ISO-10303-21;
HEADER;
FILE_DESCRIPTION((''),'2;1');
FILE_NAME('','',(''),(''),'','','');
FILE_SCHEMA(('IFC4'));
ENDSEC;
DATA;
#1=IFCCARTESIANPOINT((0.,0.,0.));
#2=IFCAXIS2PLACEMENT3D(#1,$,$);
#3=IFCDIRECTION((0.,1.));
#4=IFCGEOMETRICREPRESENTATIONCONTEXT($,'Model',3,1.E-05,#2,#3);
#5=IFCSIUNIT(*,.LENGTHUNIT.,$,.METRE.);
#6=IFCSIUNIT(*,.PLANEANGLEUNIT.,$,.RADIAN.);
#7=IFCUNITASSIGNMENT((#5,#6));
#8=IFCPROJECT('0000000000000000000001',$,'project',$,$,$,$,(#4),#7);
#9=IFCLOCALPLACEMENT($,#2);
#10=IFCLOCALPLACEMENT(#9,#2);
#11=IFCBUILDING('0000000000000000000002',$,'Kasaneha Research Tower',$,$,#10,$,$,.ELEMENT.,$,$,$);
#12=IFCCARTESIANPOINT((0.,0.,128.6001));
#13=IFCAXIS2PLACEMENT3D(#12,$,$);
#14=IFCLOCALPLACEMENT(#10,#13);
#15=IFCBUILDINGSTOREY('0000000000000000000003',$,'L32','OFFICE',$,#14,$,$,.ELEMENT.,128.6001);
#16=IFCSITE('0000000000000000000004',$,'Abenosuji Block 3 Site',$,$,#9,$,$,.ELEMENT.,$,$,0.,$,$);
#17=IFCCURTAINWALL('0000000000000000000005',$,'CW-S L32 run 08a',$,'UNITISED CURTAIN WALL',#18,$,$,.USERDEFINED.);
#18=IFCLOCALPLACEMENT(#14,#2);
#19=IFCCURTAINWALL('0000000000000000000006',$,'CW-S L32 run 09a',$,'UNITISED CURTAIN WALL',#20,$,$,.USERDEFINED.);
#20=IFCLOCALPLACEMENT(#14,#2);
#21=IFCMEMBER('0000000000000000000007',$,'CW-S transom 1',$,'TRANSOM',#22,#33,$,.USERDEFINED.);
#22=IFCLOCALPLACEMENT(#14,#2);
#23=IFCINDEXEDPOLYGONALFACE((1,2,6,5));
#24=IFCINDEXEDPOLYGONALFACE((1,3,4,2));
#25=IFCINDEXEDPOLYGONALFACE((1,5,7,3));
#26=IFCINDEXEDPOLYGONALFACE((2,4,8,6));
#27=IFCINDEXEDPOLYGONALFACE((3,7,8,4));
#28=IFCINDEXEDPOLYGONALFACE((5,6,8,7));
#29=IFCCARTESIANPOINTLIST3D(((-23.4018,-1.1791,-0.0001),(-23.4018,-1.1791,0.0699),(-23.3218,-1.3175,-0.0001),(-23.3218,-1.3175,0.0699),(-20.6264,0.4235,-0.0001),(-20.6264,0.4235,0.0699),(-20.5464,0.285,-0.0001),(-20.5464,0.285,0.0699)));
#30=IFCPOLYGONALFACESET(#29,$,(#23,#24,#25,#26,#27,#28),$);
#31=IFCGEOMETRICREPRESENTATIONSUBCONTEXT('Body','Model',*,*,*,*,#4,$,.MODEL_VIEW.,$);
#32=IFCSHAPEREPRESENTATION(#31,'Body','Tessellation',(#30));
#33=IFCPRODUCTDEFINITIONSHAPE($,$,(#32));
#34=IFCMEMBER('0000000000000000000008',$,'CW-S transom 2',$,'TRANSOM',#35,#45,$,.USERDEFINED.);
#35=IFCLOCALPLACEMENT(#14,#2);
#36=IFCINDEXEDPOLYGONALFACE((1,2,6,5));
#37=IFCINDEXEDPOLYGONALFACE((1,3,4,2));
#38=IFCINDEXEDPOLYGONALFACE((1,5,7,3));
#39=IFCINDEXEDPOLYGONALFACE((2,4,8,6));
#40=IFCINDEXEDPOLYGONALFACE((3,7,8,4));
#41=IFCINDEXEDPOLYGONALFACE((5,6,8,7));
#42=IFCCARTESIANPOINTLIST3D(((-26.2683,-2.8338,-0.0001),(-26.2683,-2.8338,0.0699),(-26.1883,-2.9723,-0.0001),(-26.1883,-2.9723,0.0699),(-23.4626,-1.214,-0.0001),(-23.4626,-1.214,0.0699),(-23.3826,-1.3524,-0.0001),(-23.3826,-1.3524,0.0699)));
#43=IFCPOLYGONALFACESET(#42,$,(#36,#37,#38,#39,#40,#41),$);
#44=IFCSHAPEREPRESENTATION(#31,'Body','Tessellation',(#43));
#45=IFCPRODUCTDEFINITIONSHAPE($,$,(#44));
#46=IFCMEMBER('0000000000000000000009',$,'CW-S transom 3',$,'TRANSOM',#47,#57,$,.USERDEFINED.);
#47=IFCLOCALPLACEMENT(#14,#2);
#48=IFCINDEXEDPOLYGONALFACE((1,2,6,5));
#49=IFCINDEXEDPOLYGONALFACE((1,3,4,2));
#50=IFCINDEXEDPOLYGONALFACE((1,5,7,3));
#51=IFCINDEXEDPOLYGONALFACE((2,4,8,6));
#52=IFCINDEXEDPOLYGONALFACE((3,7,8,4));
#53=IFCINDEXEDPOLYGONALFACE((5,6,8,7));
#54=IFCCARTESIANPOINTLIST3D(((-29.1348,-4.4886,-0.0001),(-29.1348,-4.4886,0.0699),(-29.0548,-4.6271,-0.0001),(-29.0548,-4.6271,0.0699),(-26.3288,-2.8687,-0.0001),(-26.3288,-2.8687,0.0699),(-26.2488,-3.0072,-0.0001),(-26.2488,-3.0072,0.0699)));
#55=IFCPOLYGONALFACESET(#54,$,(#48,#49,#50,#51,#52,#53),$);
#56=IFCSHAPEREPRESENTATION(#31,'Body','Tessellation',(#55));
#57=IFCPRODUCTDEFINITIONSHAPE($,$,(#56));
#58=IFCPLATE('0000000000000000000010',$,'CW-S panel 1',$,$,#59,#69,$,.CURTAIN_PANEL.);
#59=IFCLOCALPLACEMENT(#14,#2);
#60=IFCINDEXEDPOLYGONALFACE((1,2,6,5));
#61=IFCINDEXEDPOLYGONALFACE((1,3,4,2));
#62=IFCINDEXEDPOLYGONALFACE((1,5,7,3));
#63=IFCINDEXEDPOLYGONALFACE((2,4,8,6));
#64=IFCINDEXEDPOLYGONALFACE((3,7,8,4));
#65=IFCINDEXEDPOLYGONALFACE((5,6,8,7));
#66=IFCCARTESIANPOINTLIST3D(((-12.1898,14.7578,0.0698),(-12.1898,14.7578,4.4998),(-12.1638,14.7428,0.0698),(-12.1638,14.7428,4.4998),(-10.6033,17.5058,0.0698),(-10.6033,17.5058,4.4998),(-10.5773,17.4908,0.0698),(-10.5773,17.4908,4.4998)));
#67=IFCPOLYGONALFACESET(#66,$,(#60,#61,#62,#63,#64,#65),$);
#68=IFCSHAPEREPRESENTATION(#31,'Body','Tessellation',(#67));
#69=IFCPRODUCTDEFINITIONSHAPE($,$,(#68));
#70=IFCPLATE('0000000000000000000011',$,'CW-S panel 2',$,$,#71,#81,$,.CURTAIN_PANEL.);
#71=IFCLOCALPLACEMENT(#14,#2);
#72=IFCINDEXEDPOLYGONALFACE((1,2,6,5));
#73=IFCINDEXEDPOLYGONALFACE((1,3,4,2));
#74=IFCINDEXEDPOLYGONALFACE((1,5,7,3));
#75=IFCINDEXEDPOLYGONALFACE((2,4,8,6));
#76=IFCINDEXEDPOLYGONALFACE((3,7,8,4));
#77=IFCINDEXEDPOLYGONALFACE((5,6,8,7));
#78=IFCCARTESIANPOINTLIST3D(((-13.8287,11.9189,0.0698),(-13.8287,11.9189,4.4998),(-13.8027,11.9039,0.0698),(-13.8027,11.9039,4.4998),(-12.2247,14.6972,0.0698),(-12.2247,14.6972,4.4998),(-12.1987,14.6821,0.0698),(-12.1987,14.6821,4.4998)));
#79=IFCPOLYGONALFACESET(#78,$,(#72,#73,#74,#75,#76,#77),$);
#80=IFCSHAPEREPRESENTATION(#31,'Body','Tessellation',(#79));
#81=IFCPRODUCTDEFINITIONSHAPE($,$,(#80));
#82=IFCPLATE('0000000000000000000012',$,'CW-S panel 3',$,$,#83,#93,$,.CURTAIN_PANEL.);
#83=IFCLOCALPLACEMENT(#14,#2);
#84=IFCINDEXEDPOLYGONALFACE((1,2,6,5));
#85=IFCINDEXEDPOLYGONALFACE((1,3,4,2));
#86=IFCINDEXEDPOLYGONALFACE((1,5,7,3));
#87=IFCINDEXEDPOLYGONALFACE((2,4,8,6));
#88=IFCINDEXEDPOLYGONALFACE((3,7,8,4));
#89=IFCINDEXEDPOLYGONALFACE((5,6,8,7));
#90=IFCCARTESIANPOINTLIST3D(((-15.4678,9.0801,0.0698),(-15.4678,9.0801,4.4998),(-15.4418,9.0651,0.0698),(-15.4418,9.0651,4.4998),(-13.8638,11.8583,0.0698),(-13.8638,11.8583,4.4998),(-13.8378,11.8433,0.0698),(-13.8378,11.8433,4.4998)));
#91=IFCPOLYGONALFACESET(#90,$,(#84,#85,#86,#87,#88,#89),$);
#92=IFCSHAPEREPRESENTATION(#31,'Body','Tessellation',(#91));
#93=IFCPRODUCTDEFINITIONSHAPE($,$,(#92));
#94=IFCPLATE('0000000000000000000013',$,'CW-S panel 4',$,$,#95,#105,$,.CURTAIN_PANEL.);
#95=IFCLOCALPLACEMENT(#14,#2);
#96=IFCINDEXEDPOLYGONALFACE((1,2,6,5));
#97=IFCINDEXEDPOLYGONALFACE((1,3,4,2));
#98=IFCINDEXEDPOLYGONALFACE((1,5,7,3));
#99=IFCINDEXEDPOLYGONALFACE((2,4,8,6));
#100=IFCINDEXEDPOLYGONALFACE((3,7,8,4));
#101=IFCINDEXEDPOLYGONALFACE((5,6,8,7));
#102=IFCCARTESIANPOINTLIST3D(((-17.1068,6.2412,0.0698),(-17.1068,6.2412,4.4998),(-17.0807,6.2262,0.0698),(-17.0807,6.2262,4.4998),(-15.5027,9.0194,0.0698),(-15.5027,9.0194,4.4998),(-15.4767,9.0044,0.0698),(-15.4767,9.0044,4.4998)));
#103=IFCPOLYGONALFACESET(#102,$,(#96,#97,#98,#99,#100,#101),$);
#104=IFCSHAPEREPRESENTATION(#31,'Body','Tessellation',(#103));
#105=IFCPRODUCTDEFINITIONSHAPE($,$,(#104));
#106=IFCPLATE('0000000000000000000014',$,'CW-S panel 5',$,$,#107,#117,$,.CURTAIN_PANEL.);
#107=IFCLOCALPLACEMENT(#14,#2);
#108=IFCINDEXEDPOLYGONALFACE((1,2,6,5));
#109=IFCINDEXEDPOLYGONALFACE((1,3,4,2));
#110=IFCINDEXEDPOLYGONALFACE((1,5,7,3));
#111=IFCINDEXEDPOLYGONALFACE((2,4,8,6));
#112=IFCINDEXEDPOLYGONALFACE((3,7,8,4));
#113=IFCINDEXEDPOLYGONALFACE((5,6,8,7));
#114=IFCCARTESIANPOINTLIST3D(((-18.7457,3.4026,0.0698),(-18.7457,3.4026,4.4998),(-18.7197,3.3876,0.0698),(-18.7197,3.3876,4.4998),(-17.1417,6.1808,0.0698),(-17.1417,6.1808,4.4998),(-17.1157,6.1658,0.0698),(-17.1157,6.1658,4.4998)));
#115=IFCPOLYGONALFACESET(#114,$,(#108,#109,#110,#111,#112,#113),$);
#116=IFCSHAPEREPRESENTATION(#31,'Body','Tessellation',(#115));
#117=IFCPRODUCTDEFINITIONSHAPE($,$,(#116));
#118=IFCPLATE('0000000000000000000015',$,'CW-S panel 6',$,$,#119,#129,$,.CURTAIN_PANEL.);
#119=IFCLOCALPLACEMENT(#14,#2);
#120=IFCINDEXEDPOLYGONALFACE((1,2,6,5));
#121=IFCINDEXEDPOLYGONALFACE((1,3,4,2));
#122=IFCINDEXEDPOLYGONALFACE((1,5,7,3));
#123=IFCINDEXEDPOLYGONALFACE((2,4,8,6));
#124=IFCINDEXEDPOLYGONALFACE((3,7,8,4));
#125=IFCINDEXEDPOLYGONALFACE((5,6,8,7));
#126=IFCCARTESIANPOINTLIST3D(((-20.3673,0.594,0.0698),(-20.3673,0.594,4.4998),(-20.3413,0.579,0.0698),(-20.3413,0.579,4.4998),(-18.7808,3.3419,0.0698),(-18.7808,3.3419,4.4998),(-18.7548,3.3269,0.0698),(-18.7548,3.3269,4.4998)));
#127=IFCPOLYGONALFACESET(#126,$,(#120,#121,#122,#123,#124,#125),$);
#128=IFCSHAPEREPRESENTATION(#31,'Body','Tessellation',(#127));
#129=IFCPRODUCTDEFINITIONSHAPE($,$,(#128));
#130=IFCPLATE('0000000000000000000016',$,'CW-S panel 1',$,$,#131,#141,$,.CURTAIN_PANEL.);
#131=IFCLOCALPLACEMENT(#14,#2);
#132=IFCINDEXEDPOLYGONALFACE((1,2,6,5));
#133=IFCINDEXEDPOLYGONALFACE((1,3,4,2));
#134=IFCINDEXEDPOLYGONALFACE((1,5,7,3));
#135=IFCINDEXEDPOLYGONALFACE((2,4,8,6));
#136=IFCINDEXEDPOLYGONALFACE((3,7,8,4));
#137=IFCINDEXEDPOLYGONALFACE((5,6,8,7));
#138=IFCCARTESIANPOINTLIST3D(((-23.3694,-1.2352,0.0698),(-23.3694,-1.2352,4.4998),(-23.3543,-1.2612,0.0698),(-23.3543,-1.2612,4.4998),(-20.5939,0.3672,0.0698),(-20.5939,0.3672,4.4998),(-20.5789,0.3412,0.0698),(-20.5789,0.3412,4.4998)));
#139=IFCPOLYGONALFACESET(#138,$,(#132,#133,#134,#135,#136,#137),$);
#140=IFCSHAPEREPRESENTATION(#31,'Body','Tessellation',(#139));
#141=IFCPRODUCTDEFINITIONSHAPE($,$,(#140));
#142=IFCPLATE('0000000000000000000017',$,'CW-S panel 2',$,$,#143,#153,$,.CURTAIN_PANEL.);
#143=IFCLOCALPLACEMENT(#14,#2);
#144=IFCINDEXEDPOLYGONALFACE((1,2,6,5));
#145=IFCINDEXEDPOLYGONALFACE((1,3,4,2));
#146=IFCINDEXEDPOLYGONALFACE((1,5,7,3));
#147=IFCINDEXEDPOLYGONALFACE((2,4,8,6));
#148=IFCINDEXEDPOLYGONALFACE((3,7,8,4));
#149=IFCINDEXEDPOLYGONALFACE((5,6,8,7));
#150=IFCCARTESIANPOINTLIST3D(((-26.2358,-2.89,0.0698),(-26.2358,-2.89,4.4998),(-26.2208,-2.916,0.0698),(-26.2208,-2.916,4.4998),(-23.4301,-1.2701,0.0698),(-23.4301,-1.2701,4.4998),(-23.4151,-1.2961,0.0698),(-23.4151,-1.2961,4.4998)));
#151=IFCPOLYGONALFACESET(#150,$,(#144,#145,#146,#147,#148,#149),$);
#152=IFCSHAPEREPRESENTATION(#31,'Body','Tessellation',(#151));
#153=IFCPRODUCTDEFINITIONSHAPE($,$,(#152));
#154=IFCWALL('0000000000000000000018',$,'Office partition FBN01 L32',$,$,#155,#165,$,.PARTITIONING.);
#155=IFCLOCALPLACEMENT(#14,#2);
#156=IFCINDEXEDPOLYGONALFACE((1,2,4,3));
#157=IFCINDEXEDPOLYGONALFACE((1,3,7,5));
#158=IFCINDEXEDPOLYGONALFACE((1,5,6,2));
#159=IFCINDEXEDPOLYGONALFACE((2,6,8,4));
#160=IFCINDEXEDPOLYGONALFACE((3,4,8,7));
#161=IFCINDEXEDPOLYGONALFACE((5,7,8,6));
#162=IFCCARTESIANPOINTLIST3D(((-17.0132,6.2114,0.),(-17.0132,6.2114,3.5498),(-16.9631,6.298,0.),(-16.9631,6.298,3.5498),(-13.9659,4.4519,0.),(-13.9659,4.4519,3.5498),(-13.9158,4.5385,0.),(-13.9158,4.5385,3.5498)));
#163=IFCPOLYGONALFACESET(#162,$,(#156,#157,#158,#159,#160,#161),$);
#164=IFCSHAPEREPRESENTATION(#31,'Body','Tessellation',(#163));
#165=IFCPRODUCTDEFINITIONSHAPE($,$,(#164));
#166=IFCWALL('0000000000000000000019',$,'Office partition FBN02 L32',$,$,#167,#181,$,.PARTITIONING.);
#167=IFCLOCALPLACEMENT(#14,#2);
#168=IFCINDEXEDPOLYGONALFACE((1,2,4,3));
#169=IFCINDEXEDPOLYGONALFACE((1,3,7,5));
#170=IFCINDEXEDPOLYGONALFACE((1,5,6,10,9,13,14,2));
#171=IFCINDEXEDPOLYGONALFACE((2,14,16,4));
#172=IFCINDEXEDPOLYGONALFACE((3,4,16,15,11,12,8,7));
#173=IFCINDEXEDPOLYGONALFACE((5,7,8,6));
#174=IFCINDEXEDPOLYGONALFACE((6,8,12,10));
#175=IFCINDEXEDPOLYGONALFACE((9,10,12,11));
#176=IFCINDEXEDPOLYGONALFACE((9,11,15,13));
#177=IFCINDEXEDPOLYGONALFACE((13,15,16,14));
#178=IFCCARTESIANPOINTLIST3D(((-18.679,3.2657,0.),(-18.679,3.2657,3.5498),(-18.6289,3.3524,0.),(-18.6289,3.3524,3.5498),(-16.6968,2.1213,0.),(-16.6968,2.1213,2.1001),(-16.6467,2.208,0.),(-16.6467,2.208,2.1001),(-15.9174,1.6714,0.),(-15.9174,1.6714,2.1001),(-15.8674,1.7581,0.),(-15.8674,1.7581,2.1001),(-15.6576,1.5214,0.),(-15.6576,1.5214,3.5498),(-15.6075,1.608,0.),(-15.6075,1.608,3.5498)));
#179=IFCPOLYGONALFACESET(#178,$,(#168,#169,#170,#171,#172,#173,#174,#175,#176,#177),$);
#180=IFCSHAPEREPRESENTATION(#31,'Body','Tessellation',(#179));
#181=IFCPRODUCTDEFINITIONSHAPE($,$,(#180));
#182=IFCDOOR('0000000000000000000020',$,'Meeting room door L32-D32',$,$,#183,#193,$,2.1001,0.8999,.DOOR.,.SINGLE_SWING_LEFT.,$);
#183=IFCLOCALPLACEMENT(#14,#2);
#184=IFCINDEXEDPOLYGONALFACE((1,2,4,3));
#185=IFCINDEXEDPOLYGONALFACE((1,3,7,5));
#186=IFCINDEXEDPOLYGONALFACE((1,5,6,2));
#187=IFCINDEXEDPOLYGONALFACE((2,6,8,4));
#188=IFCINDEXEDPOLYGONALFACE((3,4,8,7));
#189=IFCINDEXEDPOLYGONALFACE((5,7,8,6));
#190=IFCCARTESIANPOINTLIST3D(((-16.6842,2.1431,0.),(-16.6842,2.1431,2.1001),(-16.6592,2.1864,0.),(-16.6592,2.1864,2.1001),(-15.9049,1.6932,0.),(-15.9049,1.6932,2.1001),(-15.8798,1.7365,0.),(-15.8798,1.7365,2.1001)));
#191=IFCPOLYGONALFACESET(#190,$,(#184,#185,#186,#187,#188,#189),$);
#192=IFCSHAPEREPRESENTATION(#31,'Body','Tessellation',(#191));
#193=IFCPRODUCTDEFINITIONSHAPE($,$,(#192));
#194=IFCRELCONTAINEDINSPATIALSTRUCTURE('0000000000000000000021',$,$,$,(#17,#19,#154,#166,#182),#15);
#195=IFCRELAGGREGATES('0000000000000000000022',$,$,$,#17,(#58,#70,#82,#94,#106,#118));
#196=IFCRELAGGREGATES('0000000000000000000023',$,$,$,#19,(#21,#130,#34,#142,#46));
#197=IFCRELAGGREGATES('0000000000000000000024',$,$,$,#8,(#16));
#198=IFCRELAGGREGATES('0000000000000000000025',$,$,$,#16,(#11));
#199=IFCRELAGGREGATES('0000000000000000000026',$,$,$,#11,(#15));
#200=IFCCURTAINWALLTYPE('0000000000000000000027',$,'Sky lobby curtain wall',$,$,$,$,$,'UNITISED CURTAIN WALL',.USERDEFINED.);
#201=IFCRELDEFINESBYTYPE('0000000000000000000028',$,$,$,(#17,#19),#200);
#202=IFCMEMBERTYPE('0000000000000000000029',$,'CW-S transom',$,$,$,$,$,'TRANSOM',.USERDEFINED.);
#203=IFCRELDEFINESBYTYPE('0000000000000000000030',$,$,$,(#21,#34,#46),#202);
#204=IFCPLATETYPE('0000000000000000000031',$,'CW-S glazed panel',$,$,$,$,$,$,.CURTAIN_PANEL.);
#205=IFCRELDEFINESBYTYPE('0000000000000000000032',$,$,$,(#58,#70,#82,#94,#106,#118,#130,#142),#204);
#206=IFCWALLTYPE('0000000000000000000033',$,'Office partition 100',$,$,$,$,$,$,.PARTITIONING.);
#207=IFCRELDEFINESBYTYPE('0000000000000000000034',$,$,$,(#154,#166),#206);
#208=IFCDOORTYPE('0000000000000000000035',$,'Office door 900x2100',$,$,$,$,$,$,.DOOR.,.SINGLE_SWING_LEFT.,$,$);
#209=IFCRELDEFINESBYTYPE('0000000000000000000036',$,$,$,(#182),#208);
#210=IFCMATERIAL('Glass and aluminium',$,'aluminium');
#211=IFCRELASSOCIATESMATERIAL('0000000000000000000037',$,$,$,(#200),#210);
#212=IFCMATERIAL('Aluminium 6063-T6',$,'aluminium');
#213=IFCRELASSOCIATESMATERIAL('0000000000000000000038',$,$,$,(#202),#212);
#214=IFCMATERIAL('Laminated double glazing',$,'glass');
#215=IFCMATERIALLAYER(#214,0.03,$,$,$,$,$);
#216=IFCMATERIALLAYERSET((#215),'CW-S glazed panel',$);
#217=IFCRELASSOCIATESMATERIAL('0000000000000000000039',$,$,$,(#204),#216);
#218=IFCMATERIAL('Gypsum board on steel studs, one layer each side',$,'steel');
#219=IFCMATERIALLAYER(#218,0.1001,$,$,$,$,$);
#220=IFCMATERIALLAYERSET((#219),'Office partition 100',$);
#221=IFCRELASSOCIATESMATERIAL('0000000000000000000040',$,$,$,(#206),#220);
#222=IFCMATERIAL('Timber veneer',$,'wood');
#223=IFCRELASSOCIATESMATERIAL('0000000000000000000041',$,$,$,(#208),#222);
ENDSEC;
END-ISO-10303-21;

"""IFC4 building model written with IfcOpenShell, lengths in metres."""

from ifc_helpers import new_model, si_unit, direction, frame, frame_2d, origin, origin_2d, place, context, subcontext, project, spatial, rectangle, extrude, material, layer, layer_set, material_profile, profile_set, type_object, element, fill, aggregate, save


model = new_model("IFC4")

# Units and contexts
model_context = context("Model", 3, precision=1e-05, world=origin(), true_north=direction((0.0, 1.0)))
body_context = subcontext(model_context, "Body", "Model", "MODEL_VIEW")
ifc_project = project(units=[si_unit("LENGTHUNIT", "METRE"), si_unit("PLANEANGLEUNIT", "RADIAN")], contexts=[model_context])

# Site, building, storey
site_placement = place(None, origin())
site = spatial("IfcSite", under=ifc_project, at=site_placement, Name="Abenosuji Block 3 Site", CompositionType="ELEMENT", RefElevation=0.0)
building_placement = place(site_placement, origin())
building = spatial("IfcBuilding", under=site, at=building_placement, Name="Kasaneha Research Tower", CompositionType="ELEMENT")
storey_placement = place(building_placement, frame((0.0, 0.0, 128.6001)))
storey = spatial("IfcBuildingStorey", under=building, at=storey_placement, Name="L32", Description="OFFICE", CompositionType="ELEMENT", Elevation=128.6001)

# Curtain walls
ifc_material_1 = material(Name="Glass and aluminium", Category="aluminium")
curtain_wall_type = type_object("IfcCurtainWallType", Name="Sky lobby curtain wall", ElementType="UNITISED CURTAIN WALL", PredefinedType="USERDEFINED", material=ifc_material_1)
curtain_wall_1_placement = place(storey_placement, origin())
curtain_wall_1 = element("IfcCurtainWall", 1, at=curtain_wall_1_placement, inside=storey, type_object=curtain_wall_type, Name="CW-S L32 run 08a", ObjectType="UNITISED CURTAIN WALL", PredefinedType="USERDEFINED")
curtain_wall_2_placement = place(storey_placement, origin())
curtain_wall_2 = element("IfcCurtainWall", 2, at=curtain_wall_2_placement, inside=storey, type_object=curtain_wall_type, Name="CW-S L32 run 09a", ObjectType="UNITISED CURTAIN WALL", PredefinedType="USERDEFINED")

# Members
ifc_material_2 = material(Name="Aluminium 6063-T6", Category="aluminium")
ifc_material_profile_1 = material_profile(ifc_material_2, rectangle(XDim=0.1599, YDim=0.0701, at=origin_2d()), Name="CW-S transom 160x70")
ifc_profile_set_1 = profile_set([ifc_material_profile_1], Name="Aluminium 6063-T6")
member_type_1 = type_object("IfcMemberType", Name="CW-S transom", ElementType="TRANSOM", PredefinedType="USERDEFINED", material=ifc_profile_set_1)
member_1_placement = place(storey_placement, frame((-20.5864, 0.3542, 0.0349), z_axis=(-0.866003, -0.500039, 0.0), x_axis=(0.500039, -0.866003, 0.0)))
member_1 = element("IfcMember", 3, at=member_1_placement, type_object=member_type_1, Name="CW-S transom 1", ObjectType="TRANSOM", PredefinedType="USERDEFINED", context=body_context, shape_type="SweptSolid", body=[
    extrude(rectangle(XDim=0.1599, YDim=0.0701, at=origin_2d()), origin(), (0.0, 0.0, 1.0), 3.2048),
])
member_2_placement = place(storey_placement, frame((-23.4226, -1.2832, 0.0349), z_axis=(-0.866022, -0.500005, 0.0), x_axis=(0.500005, -0.866022, 0.0)))
member_2 = element("IfcMember", 4, at=member_2_placement, type_object=member_type_1, Name="CW-S transom 2", ObjectType="TRANSOM", PredefinedType="USERDEFINED", context=body_context, shape_type="SweptSolid", body=[
    extrude(rectangle(XDim=0.1599, YDim=0.0701, at=origin_2d()), origin(), (0.0, 0.0, 1.0), 3.2397),
])
member_3_placement = place(storey_placement, frame((-26.2888, -2.938, 0.0349), z_axis=(-0.866041, -0.499972, 0.0), x_axis=(0.499972, -0.866041, 0.0)))
member_3 = element("IfcMember", 5, at=member_3_placement, type_object=member_type_1, Name="CW-S transom 3", ObjectType="TRANSOM", PredefinedType="USERDEFINED", context=body_context, shape_type="SweptSolid", body=[
    extrude(rectangle(XDim=0.1599, YDim=0.0701, at=origin_2d()), origin(), (0.0, 0.0, 1.0), 3.24),
])

# Plates
ifc_material_3 = material(Name="Laminated double glazing", Category="glass")
ifc_layer_1 = layer(ifc_material_3, 0.03)
ifc_layer_set_1 = layer_set([ifc_layer_1], Name="CW-S glazed panel")
plate_type = type_object("IfcPlateType", Name="CW-S glazed panel", PredefinedType="CURTAIN_PANEL", material=ifc_layer_set_1)
plate_1_placement = place(storey_placement, frame((-11.3835, 16.1243, 0.0698), z_axis=(0.0, 0.0, 1.0), x_axis=(-0.5, -0.866025, 0.0)))
plate_1 = element("IfcPlate", 6, at=plate_1_placement, type_object=plate_type, Name="CW-S panel 1", PredefinedType="CURTAIN_PANEL", context=body_context, shape_type="SweptSolid", body=[
    extrude(rectangle(XDim=3.1731, YDim=0.03, at=origin_2d()), origin(), (0.0, 0.0, 1.0), 4.4299),
])
plate_2_placement = place(storey_placement, frame((-13.0137, 13.3005, 0.0698), z_axis=(0.0, 0.0, 1.0), x_axis=(-0.5, -0.866025, 0.0)))
plate_2 = element("IfcPlate", 7, at=plate_2_placement, type_object=plate_type, Name="CW-S panel 2", PredefinedType="CURTAIN_PANEL", context=body_context, shape_type="SweptSolid", body=[
    extrude(rectangle(XDim=3.208, YDim=0.03, at=origin_2d()), origin(), (0.0, 0.0, 1.0), 4.4299),
])
plate_3_placement = place(storey_placement, frame((-14.6528, 10.4617, 0.0698), z_axis=(0.0, 0.0, 1.0), x_axis=(-0.5, -0.866025, 0.0)))
plate_3 = element("IfcPlate", 8, at=plate_3_placement, type_object=plate_type, Name="CW-S panel 3", PredefinedType="CURTAIN_PANEL", context=body_context, shape_type="SweptSolid", body=[
    extrude(rectangle(XDim=3.208, YDim=0.03, at=origin_2d()), origin(), (0.0, 0.0, 1.0), 4.4299),
])
plate_4_placement = place(storey_placement, frame((-16.2917, 7.6228, 0.0698), z_axis=(0.0, 0.0, 1.0), x_axis=(-0.5, -0.866025, 0.0)))
plate_4 = element("IfcPlate", 9, at=plate_4_placement, type_object=plate_type, Name="CW-S panel 4", PredefinedType="CURTAIN_PANEL", context=body_context, shape_type="SweptSolid", body=[
    extrude(rectangle(XDim=3.208, YDim=0.03, at=origin_2d()), origin(), (0.0, 0.0, 1.0), 4.4299),
])
plate_5_placement = place(storey_placement, frame((-17.9307, 4.7842, 0.0698), z_axis=(0.0, 0.0, 1.0), x_axis=(-0.5, -0.866025, 0.0)))
plate_5 = element("IfcPlate", 10, at=plate_5_placement, type_object=plate_type, Name="CW-S panel 5", PredefinedType="CURTAIN_PANEL", context=body_context, shape_type="SweptSolid", body=[
    extrude(rectangle(XDim=3.208, YDim=0.03, at=origin_2d()), origin(), (0.0, 0.0, 1.0), 4.4299),
])
plate_6_placement = place(storey_placement, frame((-19.561, 1.9604, 0.0698), z_axis=(0.0, 0.0, 1.0), x_axis=(-0.5, -0.866025, 0.0)))
plate_6 = element("IfcPlate", 11, at=plate_6_placement, type_object=plate_type, Name="CW-S panel 6", PredefinedType="CURTAIN_PANEL", context=body_context, shape_type="SweptSolid", body=[
    extrude(rectangle(XDim=3.1731, YDim=0.03, at=origin_2d()), origin(), (0.0, 0.0, 1.0), 4.4299),
])
aggregate(curtain_wall_1, [plate_1, plate_2, plate_3, plate_4, plate_5, plate_6])
plate_7_placement = place(storey_placement, frame((-21.9741, -0.447, 0.0698), z_axis=(0.0, 0.0, 1.0), x_axis=(-0.866025, -0.5, 0.0)))
plate_7 = element("IfcPlate", 12, at=plate_7_placement, type_object=plate_type, Name="CW-S panel 1", PredefinedType="CURTAIN_PANEL", context=body_context, shape_type="SweptSolid", body=[
    extrude(rectangle(XDim=3.2048, YDim=0.03, at=origin_2d()), origin(), (0.0, 0.0, 1.0), 4.4299),
])
plate_8_placement = place(storey_placement, frame((-24.8254, -2.093, 0.0698), z_axis=(0.0, 0.0, 1.0), x_axis=(-0.866025, -0.5, 0.0)))
plate_8 = element("IfcPlate", 13, at=plate_8_placement, type_object=plate_type, Name="CW-S panel 2", PredefinedType="CURTAIN_PANEL", context=body_context, shape_type="SweptSolid", body=[
    extrude(rectangle(XDim=3.2397, YDim=0.03, at=origin_2d()), origin(), (0.0, 0.0, 1.0), 4.4299),
])
aggregate(curtain_wall_2, [member_1, plate_7, member_2, plate_8, member_3])

# Wall
ifc_material_4 = material(Name="Gypsum board on steel studs, one layer each side", Category="steel")
ifc_layer_2 = layer(ifc_material_4, 0.1001)
ifc_layer_set_2 = layer_set([ifc_layer_2], Name="Office partition 100")
wall_type = type_object("IfcWallType", Name="Office partition 100", PredefinedType="PARTITIONING", material=ifc_layer_set_2)
wall_1_placement = place(storey_placement, frame((-16.988, 6.2546, 0.0), z_axis=(0.0, 0.0, 1.0), x_axis=(0.86601, -0.500027, 0.0)))
element("IfcWall", 14, at=wall_1_placement, inside=storey, type_object=wall_type, Name="Office partition FBN01 L32", PredefinedType="PARTITIONING", context=body_context, shape_type="SweptSolid", body=[
    extrude(rectangle(XDim=3.5188, YDim=0.1001, at=frame_2d((1.7593, 0.0))), origin(), (0.0, 0.0, 1.0), 3.5498),
])

# Wall, opening, door
wall_2_placement = place(storey_placement, frame((-15.6326, 1.5647, 0.0), z_axis=(0.0, 0.0, 1.0), x_axis=(-0.866034, 0.499985, 0.0)))
wall_2 = element("IfcWall", 15, at=wall_2_placement, inside=storey, type_object=wall_type, Name="Office partition FBN02 L32", PredefinedType="PARTITIONING", context=body_context, shape_type="SweptSolid", body=[
    extrude(rectangle(XDim=3.4888, YDim=0.1001, at=frame_2d((1.7444, 0.0))), origin(), (0.0, 0.0, 1.0), 3.5498),
])
opening_placement = place(wall_2_placement, frame((0.3, 0.0, 0.0)))
opening = element("IfcOpeningElement", 16, at=opening_placement, cuts=wall_2, PredefinedType="OPENING", context=body_context, shape_type="SweptSolid", body=[
    extrude(rectangle(XDim=0.8999, YDim=2.1001, at=frame_2d((0.45, 1.05))), frame((0.0, 0.0601, 0.0), z_axis=(0.0, -1.0, 0.0), x_axis=(1.0, 0.0, 0.0)), (0.0, 0.0, 1.0), 0.1201),
])
ifc_material_5 = material(Name="Timber veneer", Category="wood")
door_type = type_object("IfcDoorType", Name="Office door 900x2100", OperationType="SINGLE_SWING_LEFT", PredefinedType="DOOR", material=ifc_material_5)
door_placement = place(opening_placement, origin())
door = element("IfcDoor", 17, at=door_placement, inside=storey, type_object=door_type, Name="Meeting room door L32-D32", OperationType="SINGLE_SWING_LEFT", OverallHeight=2.1001, OverallWidth=0.8999, PredefinedType="DOOR", context=body_context, shape_type="SweptSolid", body=[
    extrude(rectangle(XDim=0.8999, YDim=2.1001, at=frame_2d((0.45, 1.05))), frame((0.0, 0.0249, 0.0), z_axis=(0.0, -1.0, 0.0), x_axis=(1.0, 0.0, 0.0)), (0.0, 0.0, 1.0), 0.05),
])
fill(opening, door)

save(model, "model.ifc")
